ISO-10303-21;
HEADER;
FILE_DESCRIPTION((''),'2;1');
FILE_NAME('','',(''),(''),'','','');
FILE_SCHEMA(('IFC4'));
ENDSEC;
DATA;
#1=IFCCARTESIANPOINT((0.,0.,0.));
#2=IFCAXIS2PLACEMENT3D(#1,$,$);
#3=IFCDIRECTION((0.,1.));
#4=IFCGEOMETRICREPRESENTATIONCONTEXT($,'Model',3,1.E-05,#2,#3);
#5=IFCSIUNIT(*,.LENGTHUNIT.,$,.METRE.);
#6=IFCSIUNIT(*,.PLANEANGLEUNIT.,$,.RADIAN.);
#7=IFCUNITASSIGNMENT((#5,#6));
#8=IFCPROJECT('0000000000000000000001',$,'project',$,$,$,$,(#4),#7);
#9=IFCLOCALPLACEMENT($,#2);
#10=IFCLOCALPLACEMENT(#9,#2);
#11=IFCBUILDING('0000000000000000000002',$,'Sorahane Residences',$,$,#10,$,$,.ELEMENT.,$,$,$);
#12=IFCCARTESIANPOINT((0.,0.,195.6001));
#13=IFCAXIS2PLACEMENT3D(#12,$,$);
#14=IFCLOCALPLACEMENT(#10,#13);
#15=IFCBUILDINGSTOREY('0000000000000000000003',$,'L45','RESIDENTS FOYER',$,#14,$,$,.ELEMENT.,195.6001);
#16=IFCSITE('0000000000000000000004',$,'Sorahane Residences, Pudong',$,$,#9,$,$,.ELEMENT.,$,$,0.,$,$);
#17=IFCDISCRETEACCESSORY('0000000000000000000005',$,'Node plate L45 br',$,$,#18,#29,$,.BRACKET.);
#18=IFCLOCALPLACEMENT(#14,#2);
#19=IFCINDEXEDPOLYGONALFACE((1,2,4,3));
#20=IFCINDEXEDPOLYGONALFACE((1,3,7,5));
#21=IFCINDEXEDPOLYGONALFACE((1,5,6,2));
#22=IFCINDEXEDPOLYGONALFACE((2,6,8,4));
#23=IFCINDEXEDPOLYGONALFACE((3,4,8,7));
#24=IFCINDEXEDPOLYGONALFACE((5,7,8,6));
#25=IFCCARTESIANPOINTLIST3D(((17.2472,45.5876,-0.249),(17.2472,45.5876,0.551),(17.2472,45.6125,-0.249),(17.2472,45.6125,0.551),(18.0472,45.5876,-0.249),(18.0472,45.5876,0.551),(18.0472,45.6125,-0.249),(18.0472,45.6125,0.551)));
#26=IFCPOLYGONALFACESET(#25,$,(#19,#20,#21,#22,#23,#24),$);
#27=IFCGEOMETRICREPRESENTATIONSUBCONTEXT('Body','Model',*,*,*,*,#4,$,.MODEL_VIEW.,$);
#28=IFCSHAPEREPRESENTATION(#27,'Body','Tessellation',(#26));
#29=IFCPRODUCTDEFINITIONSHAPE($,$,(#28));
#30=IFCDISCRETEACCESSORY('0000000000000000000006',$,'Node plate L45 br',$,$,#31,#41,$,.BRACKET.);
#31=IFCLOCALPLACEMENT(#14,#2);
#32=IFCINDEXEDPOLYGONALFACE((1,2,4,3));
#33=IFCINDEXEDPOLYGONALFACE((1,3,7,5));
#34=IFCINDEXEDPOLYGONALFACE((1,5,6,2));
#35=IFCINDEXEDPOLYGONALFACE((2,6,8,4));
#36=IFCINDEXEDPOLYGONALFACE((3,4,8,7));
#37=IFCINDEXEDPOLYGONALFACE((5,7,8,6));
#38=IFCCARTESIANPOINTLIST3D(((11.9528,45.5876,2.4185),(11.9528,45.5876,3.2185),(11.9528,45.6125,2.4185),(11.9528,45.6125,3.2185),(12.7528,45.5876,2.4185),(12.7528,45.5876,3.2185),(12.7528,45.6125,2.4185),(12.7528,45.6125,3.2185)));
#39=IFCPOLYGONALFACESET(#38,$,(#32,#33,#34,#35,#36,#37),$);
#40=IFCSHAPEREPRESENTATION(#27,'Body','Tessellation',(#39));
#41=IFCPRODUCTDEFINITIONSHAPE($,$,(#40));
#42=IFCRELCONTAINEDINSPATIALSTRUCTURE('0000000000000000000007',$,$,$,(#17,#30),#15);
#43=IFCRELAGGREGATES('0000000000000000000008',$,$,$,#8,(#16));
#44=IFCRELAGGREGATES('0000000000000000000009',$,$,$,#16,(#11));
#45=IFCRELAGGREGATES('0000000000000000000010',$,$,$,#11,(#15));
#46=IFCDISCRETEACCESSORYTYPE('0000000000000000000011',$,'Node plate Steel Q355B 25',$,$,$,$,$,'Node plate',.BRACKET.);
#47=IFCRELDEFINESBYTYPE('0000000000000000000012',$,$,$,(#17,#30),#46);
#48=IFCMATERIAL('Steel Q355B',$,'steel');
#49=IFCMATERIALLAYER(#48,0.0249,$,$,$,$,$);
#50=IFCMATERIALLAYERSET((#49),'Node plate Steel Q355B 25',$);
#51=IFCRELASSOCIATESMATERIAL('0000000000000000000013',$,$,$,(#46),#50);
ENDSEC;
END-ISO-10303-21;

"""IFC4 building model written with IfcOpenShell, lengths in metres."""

from ifc_helpers import new_model, si_unit, direction, frame, origin, origin_2d, place, context, subcontext, project, spatial, rectangle, extrude, material, layer, layer_set, type_object, element, save


model = new_model("IFC4")

# Units and contexts
model_context = context("Model", 3, precision=1e-05, world=origin(), true_north=direction((0.0, 1.0)))
body_context = subcontext(model_context, "Body", "Model", "MODEL_VIEW")
ifc_project = project(units=[si_unit("LENGTHUNIT", "METRE"), si_unit("PLANEANGLEUNIT", "RADIAN")], contexts=[model_context])

# Site, building, storey
site_placement = place(None, origin())
site = spatial("IfcSite", under=ifc_project, at=site_placement, Name="Sorahane Residences, Pudong", CompositionType="ELEMENT", RefElevation=0.0)
building_placement = place(site_placement, origin())
building = spatial("IfcBuilding", under=site, at=building_placement, Name="Sorahane Residences", CompositionType="ELEMENT")
storey_placement = place(building_placement, frame((0.0, 0.0, 195.6001)))
storey = spatial("IfcBuildingStorey", under=building, at=storey_placement, Name="L45", Description="RESIDENTS FOYER", CompositionType="ELEMENT", Elevation=195.6001)

# Discrete accessories
ifc_material_1 = material(Name="Steel Q355B", Category="steel")
ifc_layer_1 = layer(ifc_material_1, 0.0249)
ifc_layer_set_1 = layer_set([ifc_layer_1], Name="Node plate Steel Q355B 25")
discrete_accessory_type = type_object("IfcDiscreteAccessoryType", Name="Node plate Steel Q355B 25", ElementType="Node plate", PredefinedType="BRACKET", material=ifc_layer_set_1)
for number, where, z_axis, x_axis, name in (
    (1, (17.6472, 45.6001, -0.249), (0.0, 0.0, 1.0), (1.0, 0.0, 0.0), "Node plate L45 br"),
    (2, (12.3528, 45.6001, 2.4185), (0.0, 0.0, 1.0), (1.0, 0.0, 0.0), "Node plate L45 br"),
):
    element("IfcDiscreteAccessory", number, at=place(storey_placement, frame(where, z_axis=z_axis, x_axis=x_axis)), inside=storey, type_object=discrete_accessory_type, Name=name, PredefinedType="BRACKET", context=body_context, shape_type="SweptSolid", body=[
        extrude(rectangle(XDim=0.8, YDim=0.0249, at=origin_2d()), origin(), (0.0, 0.0, 1.0), 0.8),
    ])

save(model, "model.ifc")
